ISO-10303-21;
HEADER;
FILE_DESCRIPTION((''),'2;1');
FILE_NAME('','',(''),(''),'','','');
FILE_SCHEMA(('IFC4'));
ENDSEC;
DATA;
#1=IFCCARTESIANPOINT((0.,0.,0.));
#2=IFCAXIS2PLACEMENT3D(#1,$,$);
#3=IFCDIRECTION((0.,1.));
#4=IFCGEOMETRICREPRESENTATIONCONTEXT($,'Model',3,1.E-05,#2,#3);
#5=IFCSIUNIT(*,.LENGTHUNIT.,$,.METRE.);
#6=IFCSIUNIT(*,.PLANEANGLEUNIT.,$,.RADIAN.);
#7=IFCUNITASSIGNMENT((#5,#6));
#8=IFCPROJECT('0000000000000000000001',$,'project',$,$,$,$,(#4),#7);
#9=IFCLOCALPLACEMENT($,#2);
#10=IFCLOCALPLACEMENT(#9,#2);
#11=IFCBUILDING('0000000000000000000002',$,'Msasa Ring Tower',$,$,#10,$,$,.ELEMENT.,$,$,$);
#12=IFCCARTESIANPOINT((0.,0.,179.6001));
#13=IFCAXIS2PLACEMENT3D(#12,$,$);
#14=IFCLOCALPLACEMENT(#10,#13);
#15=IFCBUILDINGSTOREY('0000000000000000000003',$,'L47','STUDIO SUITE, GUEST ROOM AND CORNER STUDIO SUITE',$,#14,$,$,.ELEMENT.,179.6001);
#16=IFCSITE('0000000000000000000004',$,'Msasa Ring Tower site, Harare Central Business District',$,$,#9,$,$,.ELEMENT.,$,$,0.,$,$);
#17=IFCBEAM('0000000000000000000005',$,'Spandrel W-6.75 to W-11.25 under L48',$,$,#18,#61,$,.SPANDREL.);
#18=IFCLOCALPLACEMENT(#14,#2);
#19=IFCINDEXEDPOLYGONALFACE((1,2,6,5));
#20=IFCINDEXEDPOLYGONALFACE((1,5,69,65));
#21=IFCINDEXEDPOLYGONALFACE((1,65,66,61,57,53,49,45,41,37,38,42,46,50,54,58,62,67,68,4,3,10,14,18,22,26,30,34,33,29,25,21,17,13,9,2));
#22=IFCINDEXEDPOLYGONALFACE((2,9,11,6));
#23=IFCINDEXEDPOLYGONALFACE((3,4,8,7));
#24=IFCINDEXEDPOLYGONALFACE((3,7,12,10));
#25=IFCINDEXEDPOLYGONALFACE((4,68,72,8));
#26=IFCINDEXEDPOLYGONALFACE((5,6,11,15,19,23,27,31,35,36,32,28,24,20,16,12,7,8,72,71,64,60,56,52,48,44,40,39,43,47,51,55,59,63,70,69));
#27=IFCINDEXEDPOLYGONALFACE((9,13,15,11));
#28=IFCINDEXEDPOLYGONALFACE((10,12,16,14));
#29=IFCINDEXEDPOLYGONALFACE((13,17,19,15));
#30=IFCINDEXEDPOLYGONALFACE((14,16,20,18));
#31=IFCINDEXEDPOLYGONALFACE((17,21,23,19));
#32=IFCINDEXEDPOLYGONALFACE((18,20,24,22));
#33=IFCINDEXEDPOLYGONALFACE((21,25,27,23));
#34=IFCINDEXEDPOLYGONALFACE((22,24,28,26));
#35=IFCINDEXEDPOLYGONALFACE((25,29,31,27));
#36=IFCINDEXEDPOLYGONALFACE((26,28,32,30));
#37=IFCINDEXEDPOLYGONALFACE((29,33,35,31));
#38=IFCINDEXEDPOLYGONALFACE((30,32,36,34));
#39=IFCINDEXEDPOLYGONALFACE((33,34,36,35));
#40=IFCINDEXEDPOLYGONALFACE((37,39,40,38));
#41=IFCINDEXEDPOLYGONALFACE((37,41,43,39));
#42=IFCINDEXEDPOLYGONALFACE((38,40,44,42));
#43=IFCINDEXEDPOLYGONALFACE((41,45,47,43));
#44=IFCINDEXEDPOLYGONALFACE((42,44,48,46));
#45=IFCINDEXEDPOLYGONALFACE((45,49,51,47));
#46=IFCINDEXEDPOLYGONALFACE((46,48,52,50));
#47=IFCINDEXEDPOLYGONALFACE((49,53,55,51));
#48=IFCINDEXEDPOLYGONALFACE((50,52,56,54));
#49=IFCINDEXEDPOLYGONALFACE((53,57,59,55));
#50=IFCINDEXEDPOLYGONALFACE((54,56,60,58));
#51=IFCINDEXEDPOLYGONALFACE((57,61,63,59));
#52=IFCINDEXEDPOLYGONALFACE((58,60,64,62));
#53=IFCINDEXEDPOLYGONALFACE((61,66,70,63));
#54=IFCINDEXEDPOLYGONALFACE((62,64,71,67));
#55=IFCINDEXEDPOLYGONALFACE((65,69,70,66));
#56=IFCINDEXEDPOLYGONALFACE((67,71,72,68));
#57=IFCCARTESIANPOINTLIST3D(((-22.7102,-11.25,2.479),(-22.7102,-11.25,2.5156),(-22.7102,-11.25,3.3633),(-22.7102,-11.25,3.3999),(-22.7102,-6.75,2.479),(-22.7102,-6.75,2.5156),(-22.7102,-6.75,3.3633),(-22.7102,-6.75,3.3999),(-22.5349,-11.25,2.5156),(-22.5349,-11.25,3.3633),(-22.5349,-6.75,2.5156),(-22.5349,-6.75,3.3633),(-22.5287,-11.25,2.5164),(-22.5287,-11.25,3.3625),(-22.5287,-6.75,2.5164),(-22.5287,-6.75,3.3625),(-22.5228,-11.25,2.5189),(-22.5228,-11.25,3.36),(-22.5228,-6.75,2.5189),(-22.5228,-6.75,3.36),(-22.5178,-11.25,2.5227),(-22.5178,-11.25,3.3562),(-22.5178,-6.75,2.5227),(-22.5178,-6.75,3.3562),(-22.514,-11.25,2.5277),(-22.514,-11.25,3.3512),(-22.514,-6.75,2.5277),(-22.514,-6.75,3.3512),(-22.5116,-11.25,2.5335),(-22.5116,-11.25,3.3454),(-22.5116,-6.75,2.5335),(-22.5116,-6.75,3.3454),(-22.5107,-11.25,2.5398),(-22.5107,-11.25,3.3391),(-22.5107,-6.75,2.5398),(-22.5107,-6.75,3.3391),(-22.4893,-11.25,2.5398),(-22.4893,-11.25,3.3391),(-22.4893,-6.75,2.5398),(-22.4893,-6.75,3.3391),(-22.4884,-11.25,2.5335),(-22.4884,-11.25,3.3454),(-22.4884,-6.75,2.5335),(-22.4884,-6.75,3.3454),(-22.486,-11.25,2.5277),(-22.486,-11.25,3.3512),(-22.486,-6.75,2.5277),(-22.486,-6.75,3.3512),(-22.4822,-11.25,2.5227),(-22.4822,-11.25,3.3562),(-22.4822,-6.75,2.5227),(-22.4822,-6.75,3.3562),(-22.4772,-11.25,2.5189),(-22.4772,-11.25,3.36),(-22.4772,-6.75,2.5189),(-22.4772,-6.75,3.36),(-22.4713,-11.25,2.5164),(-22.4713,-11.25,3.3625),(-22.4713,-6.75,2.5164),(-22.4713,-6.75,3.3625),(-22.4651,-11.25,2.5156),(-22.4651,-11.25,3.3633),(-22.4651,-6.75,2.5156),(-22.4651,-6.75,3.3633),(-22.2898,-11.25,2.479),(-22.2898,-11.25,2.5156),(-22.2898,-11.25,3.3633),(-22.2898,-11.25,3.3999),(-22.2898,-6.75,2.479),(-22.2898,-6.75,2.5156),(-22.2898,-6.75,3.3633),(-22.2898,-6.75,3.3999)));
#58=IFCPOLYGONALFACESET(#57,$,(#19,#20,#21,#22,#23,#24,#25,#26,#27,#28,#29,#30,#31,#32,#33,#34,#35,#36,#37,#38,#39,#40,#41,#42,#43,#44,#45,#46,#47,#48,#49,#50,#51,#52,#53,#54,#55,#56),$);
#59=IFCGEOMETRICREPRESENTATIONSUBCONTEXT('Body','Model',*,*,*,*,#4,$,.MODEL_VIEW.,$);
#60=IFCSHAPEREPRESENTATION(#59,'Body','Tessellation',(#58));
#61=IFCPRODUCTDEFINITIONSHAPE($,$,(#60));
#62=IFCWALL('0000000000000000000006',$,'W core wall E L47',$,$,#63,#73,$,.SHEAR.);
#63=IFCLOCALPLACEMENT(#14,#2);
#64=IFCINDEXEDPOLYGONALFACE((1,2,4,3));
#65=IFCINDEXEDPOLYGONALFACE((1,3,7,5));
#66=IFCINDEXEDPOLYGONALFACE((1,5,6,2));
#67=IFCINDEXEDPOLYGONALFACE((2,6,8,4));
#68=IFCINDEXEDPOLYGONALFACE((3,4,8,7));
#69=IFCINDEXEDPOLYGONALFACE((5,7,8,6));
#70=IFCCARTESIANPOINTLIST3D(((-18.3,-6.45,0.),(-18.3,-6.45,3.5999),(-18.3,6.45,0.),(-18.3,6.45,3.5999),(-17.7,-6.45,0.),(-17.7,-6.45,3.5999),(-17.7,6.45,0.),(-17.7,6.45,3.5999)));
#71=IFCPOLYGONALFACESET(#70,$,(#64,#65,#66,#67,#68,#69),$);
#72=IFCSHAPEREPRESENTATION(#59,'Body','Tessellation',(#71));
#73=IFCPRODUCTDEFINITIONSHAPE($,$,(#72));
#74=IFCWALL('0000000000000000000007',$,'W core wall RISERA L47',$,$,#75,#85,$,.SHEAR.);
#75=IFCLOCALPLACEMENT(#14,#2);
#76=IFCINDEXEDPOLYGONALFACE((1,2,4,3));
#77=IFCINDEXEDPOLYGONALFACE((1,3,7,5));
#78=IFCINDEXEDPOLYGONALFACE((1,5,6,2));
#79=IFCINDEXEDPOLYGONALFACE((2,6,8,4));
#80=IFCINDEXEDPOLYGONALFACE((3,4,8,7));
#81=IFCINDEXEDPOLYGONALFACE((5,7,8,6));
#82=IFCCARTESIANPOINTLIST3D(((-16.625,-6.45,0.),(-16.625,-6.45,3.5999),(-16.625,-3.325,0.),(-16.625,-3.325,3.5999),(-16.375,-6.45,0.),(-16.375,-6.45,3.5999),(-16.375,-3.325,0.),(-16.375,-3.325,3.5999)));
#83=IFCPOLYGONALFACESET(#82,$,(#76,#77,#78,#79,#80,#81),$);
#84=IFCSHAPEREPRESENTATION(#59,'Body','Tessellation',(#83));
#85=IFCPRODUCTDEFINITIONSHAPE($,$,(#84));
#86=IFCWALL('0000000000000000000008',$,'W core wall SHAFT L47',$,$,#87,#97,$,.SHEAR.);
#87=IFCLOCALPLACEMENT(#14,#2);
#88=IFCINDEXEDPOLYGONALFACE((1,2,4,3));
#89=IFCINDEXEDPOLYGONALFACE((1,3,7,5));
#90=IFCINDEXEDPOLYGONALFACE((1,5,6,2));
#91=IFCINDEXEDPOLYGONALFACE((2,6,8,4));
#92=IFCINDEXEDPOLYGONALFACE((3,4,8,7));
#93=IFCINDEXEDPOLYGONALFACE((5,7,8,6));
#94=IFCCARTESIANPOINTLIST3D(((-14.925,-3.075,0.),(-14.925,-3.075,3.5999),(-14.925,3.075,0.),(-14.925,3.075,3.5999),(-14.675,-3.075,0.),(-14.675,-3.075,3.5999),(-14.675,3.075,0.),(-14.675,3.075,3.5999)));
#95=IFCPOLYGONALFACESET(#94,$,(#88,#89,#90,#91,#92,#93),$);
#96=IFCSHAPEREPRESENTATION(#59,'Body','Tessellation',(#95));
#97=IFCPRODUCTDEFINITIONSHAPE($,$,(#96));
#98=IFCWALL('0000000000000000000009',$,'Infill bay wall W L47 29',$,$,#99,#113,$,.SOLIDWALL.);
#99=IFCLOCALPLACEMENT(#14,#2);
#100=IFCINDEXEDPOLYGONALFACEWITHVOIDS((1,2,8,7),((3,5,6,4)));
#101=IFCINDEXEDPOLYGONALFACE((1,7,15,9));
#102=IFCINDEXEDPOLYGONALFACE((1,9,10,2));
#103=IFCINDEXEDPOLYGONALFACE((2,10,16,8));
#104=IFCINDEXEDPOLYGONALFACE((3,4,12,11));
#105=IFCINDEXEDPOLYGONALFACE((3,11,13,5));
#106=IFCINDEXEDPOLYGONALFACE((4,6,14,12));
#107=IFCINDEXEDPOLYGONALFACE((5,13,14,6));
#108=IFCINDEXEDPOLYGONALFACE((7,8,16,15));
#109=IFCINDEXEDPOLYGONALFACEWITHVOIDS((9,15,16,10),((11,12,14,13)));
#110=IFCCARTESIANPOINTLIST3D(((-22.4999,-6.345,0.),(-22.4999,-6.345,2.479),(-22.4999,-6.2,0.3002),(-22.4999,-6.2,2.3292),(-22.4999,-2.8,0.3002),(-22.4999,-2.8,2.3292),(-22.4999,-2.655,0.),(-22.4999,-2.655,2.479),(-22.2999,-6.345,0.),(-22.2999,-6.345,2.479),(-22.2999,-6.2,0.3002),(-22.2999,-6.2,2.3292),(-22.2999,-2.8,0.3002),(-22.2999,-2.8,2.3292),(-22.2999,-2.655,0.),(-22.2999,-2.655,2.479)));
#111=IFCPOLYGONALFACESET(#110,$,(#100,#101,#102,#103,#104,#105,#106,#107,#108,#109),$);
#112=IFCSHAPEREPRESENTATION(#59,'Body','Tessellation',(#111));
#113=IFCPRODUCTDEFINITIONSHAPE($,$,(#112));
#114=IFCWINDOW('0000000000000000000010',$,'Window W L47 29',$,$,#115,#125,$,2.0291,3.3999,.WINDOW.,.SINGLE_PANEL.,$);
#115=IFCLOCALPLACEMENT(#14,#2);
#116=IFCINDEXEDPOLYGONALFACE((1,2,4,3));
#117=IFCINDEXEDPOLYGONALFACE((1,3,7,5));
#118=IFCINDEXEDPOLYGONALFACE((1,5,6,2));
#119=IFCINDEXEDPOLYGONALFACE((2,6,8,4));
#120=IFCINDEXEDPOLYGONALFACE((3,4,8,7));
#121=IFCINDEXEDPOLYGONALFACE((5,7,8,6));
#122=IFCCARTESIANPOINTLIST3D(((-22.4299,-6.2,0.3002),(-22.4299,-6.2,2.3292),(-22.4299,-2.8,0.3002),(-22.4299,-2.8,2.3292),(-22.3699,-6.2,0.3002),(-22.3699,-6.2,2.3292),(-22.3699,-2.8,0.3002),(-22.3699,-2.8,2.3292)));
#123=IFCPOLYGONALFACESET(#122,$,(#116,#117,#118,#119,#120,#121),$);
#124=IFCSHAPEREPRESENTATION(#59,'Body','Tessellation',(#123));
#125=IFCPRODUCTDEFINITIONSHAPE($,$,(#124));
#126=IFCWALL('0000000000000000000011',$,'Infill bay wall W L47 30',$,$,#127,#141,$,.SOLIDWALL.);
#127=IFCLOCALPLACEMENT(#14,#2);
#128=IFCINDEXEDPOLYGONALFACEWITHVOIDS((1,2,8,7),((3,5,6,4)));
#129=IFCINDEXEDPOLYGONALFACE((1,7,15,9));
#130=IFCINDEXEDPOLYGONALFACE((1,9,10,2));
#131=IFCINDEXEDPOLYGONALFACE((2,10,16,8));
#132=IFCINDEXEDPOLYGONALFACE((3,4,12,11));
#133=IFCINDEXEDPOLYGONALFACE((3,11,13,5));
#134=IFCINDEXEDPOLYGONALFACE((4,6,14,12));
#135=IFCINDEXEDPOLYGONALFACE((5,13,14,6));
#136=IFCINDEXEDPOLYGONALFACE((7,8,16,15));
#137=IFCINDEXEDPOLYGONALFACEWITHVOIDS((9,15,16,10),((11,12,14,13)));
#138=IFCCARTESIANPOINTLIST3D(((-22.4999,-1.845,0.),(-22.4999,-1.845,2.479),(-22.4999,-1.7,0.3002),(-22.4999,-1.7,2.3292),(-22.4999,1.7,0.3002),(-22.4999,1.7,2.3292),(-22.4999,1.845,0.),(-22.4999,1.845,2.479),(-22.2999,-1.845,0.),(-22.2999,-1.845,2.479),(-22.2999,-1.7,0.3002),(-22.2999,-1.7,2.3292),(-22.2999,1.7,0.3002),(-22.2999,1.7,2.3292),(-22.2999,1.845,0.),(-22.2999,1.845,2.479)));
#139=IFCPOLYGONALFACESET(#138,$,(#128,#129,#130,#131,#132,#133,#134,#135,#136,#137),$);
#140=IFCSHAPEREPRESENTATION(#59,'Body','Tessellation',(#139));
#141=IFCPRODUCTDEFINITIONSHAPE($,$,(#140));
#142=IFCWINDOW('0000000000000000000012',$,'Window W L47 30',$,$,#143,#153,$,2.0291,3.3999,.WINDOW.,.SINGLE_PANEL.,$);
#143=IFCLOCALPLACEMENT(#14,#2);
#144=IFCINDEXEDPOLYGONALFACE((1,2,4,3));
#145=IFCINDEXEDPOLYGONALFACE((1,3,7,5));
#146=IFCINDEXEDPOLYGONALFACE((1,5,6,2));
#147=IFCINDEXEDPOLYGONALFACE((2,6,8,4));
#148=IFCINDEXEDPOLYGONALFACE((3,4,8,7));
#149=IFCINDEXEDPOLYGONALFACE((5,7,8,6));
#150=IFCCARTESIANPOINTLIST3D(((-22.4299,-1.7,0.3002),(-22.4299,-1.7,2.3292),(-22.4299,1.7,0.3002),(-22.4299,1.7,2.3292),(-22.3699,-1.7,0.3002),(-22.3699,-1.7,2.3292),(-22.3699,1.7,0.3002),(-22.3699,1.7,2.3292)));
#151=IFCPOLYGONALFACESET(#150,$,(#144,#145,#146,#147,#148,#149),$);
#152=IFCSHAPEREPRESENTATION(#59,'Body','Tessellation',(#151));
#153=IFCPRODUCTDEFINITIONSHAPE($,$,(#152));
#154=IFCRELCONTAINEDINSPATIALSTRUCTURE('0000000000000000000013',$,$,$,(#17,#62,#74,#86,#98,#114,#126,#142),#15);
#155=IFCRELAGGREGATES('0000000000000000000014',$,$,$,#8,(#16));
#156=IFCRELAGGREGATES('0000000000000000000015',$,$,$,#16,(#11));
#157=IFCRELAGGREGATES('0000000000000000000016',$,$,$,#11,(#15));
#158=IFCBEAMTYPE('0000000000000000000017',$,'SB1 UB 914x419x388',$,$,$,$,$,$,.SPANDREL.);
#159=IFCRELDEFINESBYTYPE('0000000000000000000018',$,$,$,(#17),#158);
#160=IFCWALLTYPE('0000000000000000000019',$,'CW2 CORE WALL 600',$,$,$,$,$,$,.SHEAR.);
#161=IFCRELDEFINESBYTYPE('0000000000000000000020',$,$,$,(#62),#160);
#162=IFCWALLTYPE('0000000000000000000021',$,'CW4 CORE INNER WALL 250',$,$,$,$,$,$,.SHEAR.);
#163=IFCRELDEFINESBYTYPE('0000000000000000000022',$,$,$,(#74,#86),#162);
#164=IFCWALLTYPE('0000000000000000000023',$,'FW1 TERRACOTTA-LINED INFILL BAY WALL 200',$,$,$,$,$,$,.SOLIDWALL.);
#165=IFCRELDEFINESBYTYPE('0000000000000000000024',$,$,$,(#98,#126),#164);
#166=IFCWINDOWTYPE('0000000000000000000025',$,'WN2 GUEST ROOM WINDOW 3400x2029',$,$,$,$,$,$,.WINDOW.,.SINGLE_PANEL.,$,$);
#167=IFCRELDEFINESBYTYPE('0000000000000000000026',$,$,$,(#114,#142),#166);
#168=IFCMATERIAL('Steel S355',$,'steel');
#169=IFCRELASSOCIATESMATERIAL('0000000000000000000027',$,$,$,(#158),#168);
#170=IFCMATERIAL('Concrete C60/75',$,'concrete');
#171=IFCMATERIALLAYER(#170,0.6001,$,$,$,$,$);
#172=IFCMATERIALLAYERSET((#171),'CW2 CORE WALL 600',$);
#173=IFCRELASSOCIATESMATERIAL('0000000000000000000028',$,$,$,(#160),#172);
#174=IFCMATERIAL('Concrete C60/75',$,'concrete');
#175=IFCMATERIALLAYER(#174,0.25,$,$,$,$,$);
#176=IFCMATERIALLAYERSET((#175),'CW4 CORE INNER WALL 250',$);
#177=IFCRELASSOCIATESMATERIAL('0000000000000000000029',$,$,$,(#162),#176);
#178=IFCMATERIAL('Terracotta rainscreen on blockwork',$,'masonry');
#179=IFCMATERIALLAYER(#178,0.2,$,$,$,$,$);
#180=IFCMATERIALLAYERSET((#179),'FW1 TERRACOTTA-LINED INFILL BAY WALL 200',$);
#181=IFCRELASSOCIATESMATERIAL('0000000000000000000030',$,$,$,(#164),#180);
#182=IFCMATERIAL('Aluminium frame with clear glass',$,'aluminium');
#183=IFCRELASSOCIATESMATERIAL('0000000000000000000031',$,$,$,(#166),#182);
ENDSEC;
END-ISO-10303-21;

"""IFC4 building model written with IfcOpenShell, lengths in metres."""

from ifc_helpers import new_model, si_unit, direction, frame, frame_2d, origin, origin_2d, place, context, subcontext, project, spatial, rectangle, i_section, extrude, material, layer, layer_set, material_profile, profile_set, type_object, element, fill, save


model = new_model("IFC4")

# Units and contexts
model_context = context("Model", 3, precision=1e-05, world=origin(), true_north=direction((0.0, 1.0)))
body_context = subcontext(model_context, "Body", "Model", "MODEL_VIEW")
ifc_project = project(units=[si_unit("LENGTHUNIT", "METRE"), si_unit("PLANEANGLEUNIT", "RADIAN")], contexts=[model_context])

# Site, building, storey
site_placement = place(None, origin())
site = spatial("IfcSite", under=ifc_project, at=site_placement, Name="Msasa Ring Tower site, Harare Central Business District", CompositionType="ELEMENT", RefElevation=0.0)
building_placement = place(site_placement, origin())
building = spatial("IfcBuilding", under=site, at=building_placement, Name="Msasa Ring Tower", CompositionType="ELEMENT")
storey_placement = place(building_placement, frame((0.0, 0.0, 179.6001)))
storey = spatial("IfcBuildingStorey", under=building, at=storey_placement, Name="L47", Description="STUDIO SUITE, GUEST ROOM AND CORNER STUDIO SUITE", CompositionType="ELEMENT", Elevation=179.6001)

# Beam
ifc_material_1 = material(Name="Steel S355", Category="steel")
ifc_material_profile_1 = material_profile(ifc_material_1, i_section(OverallWidth=0.4204, OverallDepth=0.9209, WebThickness=0.0215, FlangeThickness=0.0366, FilletRadius=0.0242, at=origin_2d()), Name="UB 914x419x388")
ifc_profile_set_1 = profile_set([ifc_material_profile_1], Name="Steel S355")
beam_type_1 = type_object("IfcBeamType", Name="SB1 UB 914x419x388", PredefinedType="SPANDREL", material=ifc_profile_set_1)
for number, where, z_axis, x_axis, name in (
    (1, (-22.5, -6.75, 2.9395), (0.0, -1.0, 0.0), (1.0, 0.0, 0.0), "Spandrel W-6.75 to W-11.25 under L48"),
):
    element("IfcBeam", number, at=place(storey_placement, frame(where, z_axis=z_axis, x_axis=x_axis)), inside=storey, type_object=beam_type_1, Name=name, PredefinedType="SPANDREL", context=body_context, shape_type="SweptSolid", body=[
        extrude(i_section(OverallWidth=0.4204, OverallDepth=0.9209, WebThickness=0.0215, FlangeThickness=0.0366, FilletRadius=0.0242, at=origin_2d()), origin(), (0.0, 0.0, 1.0), 4.5),
    ])

# Walls
ifc_material_2 = material(Name="Concrete C60/75", Category="concrete")
ifc_layer_1 = layer(ifc_material_2, 0.6001)
ifc_layer_set_1 = layer_set([ifc_layer_1], Name="CW2 CORE WALL 600")
wall_type_1 = type_object("IfcWallType", Name="CW2 CORE WALL 600", PredefinedType="SHEAR", material=ifc_layer_set_1)
wall_1_placement = place(storey_placement, frame((-18.0, -6.45, 0.0), z_axis=(0.0, 0.0, 1.0), x_axis=(0.0, 1.0, 0.0)))
element("IfcWall", 2, at=wall_1_placement, inside=storey, type_object=wall_type_1, Name="W core wall E L47", PredefinedType="SHEAR", context=body_context, shape_type="SweptSolid", body=[
    extrude(rectangle(XDim=12.8999, YDim=0.6001, at=frame_2d((6.45, 0.0))), origin(), (0.0, 0.0, 1.0), 3.5999),
])
ifc_material_3 = material(Name="Concrete C60/75", Category="concrete")
ifc_layer_2 = layer(ifc_material_3, 0.25)
ifc_layer_set_2 = layer_set([ifc_layer_2], Name="CW4 CORE INNER WALL 250")
wall_type_2 = type_object("IfcWallType", Name="CW4 CORE INNER WALL 250", PredefinedType="SHEAR", material=ifc_layer_set_2)
wall_2_placement = place(storey_placement, frame((-16.5, -6.45, 0.0), z_axis=(0.0, 0.0, 1.0), x_axis=(0.0, 1.0, 0.0)))
element("IfcWall", 3, at=wall_2_placement, inside=storey, type_object=wall_type_2, Name="W core wall RISERA L47", PredefinedType="SHEAR", context=body_context, shape_type="SweptSolid", body=[
    extrude(rectangle(XDim=3.125, YDim=0.25, at=frame_2d((1.5625, 0.0))), origin(), (0.0, 0.0, 1.0), 3.5999),
])
wall_3_placement = place(storey_placement, frame((-14.8, -3.075, 0.0), z_axis=(0.0, 0.0, 1.0), x_axis=(0.0, 1.0, 0.0)))
element("IfcWall", 4, at=wall_3_placement, inside=storey, type_object=wall_type_2, Name="W core wall SHAFT L47", PredefinedType="SHEAR", context=body_context, shape_type="SweptSolid", body=[
    extrude(rectangle(XDim=6.1499, YDim=0.25, at=frame_2d((3.075, 0.0))), origin(), (0.0, 0.0, 1.0), 3.5999),
])

# Walls, openings, windows
ifc_material_4 = material(Name="Terracotta rainscreen on blockwork", Category="masonry")
ifc_layer_3 = layer(ifc_material_4, 0.2)
ifc_layer_set_3 = layer_set([ifc_layer_3], Name="FW1 TERRACOTTA-LINED INFILL BAY WALL 200")
wall_type_3 = type_object("IfcWallType", Name="FW1 TERRACOTTA-LINED INFILL BAY WALL 200", PredefinedType="SOLIDWALL", material=ifc_layer_set_3)
wall_4_placement = place(storey_placement, frame((-22.3999, -6.345, 0.0), z_axis=(0.0, 0.0, 1.0), x_axis=(0.0, 1.0, 0.0)))
wall_4 = element("IfcWall", 5, at=wall_4_placement, inside=storey, type_object=wall_type_3, Name="Infill bay wall W L47 29", PredefinedType="SOLIDWALL", context=body_context, shape_type="SweptSolid", body=[
    extrude(rectangle(XDim=3.6899, YDim=0.2, at=frame_2d((1.845, 0.0))), origin(), (0.0, 0.0, 1.0), 2.479),
])
opening_1_placement = place(wall_4_placement, frame((0.145, 0.0, 0.3)))
opening_1 = element("IfcOpeningElement", 6, at=opening_1_placement, cuts=wall_4, PredefinedType="OPENING", context=body_context, shape_type="SweptSolid", body=[
    extrude(rectangle(XDim=3.3999, YDim=2.0291, at=frame_2d((1.7, 1.0146))), frame((0.0, 0.1099, 0.0), z_axis=(0.0, -1.0, 0.0), x_axis=(1.0, 0.0, 0.0)), (0.0, 0.0, 1.0), 0.22),
])
ifc_material_5 = material(Name="Aluminium frame with clear glass", Category="aluminium")
window_type = type_object("IfcWindowType", Name="WN2 GUEST ROOM WINDOW 3400x2029", PartitioningType="SINGLE_PANEL", PredefinedType="WINDOW", material=ifc_material_5)
window_1_placement = place(opening_1_placement, origin())
window_1 = element("IfcWindow", 7, at=window_1_placement, inside=storey, type_object=window_type, Name="Window W L47 29", OverallHeight=2.0291, OverallWidth=3.3999, PartitioningType="SINGLE_PANEL", PredefinedType="WINDOW", context=body_context, shape_type="SweptSolid", body=[
    extrude(rectangle(XDim=3.3999, YDim=2.0291, at=frame_2d((1.7, 1.0146))), frame((0.0, 0.03, 0.0), z_axis=(0.0, -1.0, 0.0), x_axis=(1.0, 0.0, 0.0)), (0.0, 0.0, 1.0), 0.0601),
])
fill(opening_1, window_1)
wall_5_placement = place(storey_placement, frame((-22.3999, -1.845, 0.0), z_axis=(0.0, 0.0, 1.0), x_axis=(0.0, 1.0, 0.0)))
wall_5 = element("IfcWall", 8, at=wall_5_placement, inside=storey, type_object=wall_type_3, Name="Infill bay wall W L47 30", PredefinedType="SOLIDWALL", context=body_context, shape_type="SweptSolid", body=[
    extrude(rectangle(XDim=3.6899, YDim=0.2, at=frame_2d((1.845, 0.0))), origin(), (0.0, 0.0, 1.0), 2.479),
])
opening_2_placement = place(wall_5_placement, frame((0.145, 0.0, 0.3)))
opening_2 = element("IfcOpeningElement", 9, at=opening_2_placement, cuts=wall_5, PredefinedType="OPENING", context=body_context, shape_type="SweptSolid", body=[
    extrude(rectangle(XDim=3.3999, YDim=2.0291, at=frame_2d((1.7, 1.0146))), frame((0.0, 0.1099, 0.0), z_axis=(0.0, -1.0, 0.0), x_axis=(1.0, 0.0, 0.0)), (0.0, 0.0, 1.0), 0.22),
])
window_2_placement = place(opening_2_placement, origin())
window_2 = element("IfcWindow", 10, at=window_2_placement, inside=storey, type_object=window_type, Name="Window W L47 30", OverallHeight=2.0291, OverallWidth=3.3999, PartitioningType="SINGLE_PANEL", PredefinedType="WINDOW", context=body_context, shape_type="SweptSolid", body=[
    extrude(rectangle(XDim=3.3999, YDim=2.0291, at=frame_2d((1.7, 1.0146))), frame((0.0, 0.03, 0.0), z_axis=(0.0, -1.0, 0.0), x_axis=(1.0, 0.0, 0.0)), (0.0, 0.0, 1.0), 0.0601),
])
fill(opening_2, window_2)

save(model, "model.ifc")
